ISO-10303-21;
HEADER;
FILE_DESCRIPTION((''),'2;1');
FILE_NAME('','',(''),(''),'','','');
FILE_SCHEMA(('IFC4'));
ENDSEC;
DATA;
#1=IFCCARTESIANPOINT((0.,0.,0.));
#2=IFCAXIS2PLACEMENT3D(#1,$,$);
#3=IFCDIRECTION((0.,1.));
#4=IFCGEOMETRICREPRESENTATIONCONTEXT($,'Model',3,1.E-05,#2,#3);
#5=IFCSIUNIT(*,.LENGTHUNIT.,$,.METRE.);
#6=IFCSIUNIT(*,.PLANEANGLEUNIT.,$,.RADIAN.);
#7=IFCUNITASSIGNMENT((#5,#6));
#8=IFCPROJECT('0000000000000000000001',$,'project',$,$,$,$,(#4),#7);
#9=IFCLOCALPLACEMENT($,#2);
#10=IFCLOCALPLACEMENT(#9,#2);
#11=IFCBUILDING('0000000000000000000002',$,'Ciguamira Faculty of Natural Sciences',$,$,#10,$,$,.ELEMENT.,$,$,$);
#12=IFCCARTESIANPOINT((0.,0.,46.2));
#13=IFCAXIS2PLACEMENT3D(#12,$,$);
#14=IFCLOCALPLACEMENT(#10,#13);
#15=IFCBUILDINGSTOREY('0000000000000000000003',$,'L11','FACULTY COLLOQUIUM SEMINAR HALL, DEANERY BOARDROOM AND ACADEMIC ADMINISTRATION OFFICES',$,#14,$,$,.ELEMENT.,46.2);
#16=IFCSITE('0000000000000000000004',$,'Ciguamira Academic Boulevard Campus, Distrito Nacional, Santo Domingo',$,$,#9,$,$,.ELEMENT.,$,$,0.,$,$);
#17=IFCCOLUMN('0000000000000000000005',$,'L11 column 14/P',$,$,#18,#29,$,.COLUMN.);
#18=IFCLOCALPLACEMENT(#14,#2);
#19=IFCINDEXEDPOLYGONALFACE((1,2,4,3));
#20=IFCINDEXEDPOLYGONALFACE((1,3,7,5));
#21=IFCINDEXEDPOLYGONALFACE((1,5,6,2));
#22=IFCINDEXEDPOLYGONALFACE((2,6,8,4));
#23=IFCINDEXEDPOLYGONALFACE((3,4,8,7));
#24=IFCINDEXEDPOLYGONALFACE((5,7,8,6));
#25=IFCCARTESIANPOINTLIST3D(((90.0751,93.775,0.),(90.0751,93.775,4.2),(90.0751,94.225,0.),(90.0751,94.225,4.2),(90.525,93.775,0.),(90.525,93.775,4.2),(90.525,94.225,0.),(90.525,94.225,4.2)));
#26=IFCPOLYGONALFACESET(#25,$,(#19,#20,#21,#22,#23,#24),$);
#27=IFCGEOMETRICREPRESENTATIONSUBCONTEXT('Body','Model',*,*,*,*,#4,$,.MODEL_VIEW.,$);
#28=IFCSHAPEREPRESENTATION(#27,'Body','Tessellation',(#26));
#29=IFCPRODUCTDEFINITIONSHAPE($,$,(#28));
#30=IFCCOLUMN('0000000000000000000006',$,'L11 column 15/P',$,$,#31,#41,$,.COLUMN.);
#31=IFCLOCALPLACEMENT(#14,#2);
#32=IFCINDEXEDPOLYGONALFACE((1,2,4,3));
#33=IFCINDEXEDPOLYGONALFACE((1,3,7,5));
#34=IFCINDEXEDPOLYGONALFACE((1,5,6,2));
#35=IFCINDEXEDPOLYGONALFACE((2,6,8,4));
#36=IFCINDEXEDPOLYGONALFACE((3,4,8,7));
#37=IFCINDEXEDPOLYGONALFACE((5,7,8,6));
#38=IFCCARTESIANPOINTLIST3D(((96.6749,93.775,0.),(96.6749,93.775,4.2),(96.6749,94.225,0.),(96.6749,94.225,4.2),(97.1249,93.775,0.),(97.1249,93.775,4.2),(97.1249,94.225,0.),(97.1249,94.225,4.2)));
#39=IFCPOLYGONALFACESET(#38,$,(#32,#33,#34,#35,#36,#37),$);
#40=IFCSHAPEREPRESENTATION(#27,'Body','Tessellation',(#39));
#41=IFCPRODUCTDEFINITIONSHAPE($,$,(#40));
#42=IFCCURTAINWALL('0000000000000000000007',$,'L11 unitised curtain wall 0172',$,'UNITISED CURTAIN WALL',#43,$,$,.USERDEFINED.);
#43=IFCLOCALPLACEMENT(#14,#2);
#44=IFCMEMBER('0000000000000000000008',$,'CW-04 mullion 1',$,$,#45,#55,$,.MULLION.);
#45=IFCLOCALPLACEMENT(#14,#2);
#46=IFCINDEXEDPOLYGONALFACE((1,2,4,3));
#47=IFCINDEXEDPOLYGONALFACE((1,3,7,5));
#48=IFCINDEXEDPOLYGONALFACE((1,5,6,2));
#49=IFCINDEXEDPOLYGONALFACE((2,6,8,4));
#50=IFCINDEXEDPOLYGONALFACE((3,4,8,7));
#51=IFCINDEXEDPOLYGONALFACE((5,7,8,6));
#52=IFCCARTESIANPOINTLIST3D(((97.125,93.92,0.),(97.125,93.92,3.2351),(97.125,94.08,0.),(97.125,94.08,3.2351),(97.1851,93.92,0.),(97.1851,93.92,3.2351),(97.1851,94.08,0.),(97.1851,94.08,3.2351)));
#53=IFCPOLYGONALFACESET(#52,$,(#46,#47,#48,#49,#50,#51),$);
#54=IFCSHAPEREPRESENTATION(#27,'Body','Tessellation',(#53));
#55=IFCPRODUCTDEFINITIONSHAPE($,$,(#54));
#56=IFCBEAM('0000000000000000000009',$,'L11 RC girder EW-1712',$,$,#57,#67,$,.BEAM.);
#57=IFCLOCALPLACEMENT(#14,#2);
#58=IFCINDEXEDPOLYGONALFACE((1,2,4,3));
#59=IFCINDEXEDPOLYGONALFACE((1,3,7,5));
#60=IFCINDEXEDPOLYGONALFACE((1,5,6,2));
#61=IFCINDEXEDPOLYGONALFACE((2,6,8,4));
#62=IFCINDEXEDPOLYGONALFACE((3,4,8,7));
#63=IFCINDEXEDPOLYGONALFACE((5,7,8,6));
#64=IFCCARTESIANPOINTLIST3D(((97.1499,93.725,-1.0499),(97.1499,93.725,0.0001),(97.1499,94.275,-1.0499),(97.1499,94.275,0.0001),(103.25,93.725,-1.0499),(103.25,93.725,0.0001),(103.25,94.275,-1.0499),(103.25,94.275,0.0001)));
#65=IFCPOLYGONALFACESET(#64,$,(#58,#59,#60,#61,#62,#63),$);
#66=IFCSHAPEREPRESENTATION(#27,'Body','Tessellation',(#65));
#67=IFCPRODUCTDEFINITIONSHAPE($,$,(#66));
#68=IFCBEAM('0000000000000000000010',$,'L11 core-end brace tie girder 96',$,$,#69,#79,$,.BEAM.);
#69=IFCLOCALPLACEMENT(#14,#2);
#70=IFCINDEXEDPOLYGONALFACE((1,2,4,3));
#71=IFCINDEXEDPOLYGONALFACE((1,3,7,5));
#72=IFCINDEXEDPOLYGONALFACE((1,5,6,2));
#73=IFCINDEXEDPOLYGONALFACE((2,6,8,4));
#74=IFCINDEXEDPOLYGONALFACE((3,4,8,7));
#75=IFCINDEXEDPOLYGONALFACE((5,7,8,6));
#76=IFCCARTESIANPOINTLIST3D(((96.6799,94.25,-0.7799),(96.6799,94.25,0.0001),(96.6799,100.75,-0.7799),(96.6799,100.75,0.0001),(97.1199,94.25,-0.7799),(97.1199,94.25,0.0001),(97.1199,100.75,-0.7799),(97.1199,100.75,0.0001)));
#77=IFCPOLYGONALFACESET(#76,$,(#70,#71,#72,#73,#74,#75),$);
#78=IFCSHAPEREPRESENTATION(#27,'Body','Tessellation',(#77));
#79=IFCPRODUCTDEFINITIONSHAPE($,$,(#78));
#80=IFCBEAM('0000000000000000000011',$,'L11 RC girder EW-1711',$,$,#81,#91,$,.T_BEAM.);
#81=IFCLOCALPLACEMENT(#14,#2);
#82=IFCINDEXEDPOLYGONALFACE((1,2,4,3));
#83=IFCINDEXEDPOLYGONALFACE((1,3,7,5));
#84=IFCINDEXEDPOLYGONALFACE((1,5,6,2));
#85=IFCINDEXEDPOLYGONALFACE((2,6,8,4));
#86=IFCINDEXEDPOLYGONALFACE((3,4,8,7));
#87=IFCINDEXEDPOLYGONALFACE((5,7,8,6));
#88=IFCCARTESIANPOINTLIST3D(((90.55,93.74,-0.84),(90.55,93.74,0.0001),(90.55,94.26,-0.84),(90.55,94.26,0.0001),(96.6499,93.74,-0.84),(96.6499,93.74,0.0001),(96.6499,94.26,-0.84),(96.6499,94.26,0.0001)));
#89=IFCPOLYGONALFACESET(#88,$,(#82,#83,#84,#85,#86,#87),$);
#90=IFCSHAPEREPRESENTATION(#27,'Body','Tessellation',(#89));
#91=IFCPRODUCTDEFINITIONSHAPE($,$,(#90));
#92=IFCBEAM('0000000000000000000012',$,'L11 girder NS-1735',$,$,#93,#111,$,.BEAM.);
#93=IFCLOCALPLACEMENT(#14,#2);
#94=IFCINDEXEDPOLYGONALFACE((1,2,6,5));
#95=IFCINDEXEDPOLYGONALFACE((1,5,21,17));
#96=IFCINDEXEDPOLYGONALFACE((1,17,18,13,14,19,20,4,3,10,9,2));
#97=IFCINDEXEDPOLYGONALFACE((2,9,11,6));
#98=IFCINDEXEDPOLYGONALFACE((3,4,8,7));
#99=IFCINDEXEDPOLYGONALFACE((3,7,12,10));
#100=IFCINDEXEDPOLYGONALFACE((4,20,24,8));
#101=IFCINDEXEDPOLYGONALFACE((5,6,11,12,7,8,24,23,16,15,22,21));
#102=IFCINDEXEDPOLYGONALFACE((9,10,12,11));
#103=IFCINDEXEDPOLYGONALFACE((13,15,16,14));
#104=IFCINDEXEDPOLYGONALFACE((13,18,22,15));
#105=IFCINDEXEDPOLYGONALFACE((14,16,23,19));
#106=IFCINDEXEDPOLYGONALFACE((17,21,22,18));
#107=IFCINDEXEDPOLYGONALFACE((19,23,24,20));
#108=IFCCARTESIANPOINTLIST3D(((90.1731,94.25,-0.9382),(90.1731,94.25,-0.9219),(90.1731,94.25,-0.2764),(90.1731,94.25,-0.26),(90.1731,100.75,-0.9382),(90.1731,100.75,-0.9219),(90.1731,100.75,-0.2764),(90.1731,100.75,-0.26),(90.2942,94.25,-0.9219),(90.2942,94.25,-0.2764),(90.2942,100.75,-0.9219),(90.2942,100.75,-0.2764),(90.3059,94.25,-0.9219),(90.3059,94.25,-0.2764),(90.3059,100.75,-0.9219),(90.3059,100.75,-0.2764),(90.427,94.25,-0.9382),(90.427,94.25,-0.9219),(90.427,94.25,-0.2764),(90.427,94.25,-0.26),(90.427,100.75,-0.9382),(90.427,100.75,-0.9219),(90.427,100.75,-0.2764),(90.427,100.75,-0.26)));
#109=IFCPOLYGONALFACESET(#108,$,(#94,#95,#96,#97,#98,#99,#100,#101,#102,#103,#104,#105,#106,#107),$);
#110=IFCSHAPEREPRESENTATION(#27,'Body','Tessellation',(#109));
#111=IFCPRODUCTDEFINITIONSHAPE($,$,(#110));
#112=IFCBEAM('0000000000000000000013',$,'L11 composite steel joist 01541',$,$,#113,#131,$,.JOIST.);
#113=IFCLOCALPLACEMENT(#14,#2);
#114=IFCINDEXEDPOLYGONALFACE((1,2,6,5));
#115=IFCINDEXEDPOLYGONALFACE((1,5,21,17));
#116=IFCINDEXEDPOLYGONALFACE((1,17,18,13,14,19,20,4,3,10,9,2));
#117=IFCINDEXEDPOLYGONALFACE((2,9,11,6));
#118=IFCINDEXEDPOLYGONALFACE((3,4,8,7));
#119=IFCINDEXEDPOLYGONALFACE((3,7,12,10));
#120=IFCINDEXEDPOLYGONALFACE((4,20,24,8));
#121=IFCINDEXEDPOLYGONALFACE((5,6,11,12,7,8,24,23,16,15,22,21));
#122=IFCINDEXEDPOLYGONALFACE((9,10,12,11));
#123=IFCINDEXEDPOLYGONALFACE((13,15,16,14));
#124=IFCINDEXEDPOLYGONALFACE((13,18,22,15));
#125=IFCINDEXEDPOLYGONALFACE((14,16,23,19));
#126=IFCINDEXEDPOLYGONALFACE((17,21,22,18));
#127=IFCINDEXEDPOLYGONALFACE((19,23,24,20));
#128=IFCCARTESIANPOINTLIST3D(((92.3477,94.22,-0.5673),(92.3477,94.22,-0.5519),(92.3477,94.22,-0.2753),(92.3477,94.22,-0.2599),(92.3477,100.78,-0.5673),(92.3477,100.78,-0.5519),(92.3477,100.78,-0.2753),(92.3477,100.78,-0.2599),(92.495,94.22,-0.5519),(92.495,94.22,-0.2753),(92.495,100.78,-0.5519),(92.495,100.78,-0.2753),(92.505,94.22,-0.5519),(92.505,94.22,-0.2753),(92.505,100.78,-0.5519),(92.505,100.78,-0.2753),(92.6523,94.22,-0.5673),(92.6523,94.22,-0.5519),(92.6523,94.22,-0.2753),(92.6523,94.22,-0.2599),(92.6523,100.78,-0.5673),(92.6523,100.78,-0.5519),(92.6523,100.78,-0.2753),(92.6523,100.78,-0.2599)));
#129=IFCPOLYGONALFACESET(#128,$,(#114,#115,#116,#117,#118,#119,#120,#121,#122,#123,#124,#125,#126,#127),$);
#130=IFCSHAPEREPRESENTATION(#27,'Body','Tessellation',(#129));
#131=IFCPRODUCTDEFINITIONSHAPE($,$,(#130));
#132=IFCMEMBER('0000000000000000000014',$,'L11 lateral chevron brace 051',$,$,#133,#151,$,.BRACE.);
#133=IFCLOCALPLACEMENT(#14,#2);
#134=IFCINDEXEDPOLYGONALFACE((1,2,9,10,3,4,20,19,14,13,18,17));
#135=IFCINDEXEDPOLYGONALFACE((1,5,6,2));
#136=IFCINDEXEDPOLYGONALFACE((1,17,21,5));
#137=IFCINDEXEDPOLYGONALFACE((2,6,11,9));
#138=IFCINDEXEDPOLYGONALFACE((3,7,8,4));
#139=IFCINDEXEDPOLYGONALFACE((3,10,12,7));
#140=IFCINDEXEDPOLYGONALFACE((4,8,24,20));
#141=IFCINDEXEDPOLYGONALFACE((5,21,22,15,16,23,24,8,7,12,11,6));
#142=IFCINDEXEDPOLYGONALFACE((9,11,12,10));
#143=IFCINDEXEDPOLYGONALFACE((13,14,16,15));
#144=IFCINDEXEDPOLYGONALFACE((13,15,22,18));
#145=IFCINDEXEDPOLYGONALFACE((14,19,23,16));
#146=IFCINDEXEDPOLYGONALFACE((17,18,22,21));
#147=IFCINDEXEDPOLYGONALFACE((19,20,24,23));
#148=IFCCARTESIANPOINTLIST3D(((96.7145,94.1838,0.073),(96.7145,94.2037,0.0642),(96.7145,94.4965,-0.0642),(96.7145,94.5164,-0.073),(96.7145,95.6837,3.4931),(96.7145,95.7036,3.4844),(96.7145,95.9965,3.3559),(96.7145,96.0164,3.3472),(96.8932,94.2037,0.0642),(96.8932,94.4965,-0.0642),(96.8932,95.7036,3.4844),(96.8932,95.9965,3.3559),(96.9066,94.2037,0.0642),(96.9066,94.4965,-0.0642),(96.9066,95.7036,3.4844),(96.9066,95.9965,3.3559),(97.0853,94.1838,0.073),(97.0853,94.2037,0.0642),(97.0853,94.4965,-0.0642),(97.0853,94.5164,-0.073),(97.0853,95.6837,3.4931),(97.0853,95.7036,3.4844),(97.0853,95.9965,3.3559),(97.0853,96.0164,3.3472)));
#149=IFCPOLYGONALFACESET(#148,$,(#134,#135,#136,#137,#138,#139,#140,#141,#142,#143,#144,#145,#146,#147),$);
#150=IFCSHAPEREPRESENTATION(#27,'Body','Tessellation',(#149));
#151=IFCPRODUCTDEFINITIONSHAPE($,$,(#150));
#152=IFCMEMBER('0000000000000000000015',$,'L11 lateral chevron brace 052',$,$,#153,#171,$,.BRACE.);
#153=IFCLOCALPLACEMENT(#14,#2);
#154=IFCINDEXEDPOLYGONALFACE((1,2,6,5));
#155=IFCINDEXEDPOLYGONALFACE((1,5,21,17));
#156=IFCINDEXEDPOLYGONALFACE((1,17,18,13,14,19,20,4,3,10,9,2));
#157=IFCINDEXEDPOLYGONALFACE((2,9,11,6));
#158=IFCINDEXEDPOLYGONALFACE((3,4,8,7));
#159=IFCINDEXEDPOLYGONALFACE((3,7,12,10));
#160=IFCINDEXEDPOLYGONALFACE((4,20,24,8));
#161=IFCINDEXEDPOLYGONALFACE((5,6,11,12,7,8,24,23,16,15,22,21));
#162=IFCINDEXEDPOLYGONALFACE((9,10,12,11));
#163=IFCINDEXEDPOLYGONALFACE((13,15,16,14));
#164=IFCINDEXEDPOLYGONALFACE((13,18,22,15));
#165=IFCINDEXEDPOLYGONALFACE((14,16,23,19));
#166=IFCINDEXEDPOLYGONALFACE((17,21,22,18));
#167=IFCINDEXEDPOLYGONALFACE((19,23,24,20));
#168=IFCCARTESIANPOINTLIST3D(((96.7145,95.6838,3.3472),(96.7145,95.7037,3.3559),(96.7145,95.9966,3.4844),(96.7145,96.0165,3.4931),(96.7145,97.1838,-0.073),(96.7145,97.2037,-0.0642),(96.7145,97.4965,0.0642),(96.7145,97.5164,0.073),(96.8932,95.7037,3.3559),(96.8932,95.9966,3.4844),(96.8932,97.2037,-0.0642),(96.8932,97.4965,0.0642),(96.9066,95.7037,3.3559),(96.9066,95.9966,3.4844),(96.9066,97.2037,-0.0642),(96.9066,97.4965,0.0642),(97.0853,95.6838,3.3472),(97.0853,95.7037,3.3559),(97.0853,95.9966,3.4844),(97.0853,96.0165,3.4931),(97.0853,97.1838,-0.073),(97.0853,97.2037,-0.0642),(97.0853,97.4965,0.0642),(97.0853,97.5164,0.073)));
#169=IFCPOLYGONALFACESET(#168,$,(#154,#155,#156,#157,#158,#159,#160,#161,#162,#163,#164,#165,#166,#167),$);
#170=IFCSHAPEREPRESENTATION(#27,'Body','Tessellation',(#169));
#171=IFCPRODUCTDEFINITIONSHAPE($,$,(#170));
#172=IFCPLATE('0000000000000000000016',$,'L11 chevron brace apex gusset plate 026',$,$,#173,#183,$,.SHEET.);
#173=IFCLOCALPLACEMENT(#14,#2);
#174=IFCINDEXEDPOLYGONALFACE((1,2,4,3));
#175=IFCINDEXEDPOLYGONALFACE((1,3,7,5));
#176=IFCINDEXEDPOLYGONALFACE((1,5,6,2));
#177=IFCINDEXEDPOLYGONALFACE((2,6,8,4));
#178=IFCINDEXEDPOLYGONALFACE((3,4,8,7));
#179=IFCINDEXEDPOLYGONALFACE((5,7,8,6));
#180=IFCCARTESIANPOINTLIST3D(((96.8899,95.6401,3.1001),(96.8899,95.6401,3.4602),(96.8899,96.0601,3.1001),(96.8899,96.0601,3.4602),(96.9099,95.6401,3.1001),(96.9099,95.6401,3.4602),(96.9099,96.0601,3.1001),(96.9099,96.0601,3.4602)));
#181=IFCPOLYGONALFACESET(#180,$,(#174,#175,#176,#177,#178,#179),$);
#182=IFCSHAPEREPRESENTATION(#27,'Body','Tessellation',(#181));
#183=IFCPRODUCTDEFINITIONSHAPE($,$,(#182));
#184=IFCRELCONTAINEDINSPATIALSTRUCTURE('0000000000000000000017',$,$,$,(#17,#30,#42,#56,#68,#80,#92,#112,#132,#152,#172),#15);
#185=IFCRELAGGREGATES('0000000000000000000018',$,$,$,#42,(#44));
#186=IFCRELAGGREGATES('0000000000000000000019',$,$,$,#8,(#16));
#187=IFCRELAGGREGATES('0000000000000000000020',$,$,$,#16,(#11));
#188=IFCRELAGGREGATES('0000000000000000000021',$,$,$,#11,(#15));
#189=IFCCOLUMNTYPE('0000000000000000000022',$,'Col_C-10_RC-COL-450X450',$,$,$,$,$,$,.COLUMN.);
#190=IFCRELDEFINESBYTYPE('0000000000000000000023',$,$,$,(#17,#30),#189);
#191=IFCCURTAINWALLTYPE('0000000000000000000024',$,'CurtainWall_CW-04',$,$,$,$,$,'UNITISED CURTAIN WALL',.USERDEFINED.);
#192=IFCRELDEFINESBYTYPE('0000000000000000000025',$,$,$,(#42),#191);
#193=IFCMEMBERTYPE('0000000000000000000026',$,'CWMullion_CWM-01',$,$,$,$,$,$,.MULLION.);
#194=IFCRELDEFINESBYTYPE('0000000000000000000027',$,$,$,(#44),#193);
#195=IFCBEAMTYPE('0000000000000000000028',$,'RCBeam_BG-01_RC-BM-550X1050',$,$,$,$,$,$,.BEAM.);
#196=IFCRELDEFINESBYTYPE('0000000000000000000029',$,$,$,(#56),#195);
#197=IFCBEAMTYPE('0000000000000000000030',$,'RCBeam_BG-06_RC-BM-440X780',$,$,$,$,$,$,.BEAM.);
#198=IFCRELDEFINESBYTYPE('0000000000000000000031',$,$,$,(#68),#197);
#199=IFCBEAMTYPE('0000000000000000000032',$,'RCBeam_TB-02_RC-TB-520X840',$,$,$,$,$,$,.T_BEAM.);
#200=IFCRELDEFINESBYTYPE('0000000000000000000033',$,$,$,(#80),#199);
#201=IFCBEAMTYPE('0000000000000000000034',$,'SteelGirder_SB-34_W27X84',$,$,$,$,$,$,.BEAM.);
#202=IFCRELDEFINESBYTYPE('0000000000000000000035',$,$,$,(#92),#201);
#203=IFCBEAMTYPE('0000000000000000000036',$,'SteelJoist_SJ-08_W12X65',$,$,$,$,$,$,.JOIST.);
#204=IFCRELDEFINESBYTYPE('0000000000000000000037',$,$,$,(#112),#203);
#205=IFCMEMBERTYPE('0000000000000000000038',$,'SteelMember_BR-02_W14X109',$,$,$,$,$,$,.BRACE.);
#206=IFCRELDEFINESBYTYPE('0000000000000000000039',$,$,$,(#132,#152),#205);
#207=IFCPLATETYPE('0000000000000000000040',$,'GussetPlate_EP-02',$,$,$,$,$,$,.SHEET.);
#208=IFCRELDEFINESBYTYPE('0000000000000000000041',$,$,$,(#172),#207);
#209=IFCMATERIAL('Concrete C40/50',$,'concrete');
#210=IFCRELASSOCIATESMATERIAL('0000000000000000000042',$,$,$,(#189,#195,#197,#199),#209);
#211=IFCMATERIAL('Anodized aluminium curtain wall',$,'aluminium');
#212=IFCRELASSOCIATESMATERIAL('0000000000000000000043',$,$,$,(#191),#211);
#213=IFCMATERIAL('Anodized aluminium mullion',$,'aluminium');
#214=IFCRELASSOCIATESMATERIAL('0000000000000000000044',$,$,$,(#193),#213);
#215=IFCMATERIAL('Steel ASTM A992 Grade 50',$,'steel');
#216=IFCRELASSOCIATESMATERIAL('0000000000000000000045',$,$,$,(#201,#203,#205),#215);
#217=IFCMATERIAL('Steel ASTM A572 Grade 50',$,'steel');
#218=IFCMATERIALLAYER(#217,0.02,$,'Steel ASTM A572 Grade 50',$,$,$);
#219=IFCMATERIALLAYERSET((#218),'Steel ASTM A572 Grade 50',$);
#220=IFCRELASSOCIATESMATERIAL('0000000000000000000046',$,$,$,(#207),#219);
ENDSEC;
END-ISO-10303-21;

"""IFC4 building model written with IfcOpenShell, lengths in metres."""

from ifc_helpers import new_model, si_unit, direction, frame, origin, origin_2d, place, context, subcontext, project, spatial, rectangle, i_section, extrude, material, layer, layer_set, material_profile, profile_set, type_object, element, aggregate, save


model = new_model("IFC4")

# Units and contexts
model_context = context("Model", 3, precision=1e-05, world=origin(), true_north=direction((0.0, 1.0)))
body_context = subcontext(model_context, "Body", "Model", "MODEL_VIEW")
ifc_project = project(units=[si_unit("LENGTHUNIT", "METRE"), si_unit("PLANEANGLEUNIT", "RADIAN")], contexts=[model_context])

# Site, building, storey
site_placement = place(None, origin())
site = spatial("IfcSite", under=ifc_project, at=site_placement, Name="Ciguamira Academic Boulevard Campus, Distrito Nacional, Santo Domingo", CompositionType="ELEMENT", RefElevation=0.0)
building_placement = place(site_placement, origin())
building = spatial("IfcBuilding", under=site, at=building_placement, Name="Ciguamira Faculty of Natural Sciences", CompositionType="ELEMENT")
storey_placement = place(building_placement, frame((0.0, 0.0, 46.2)))
storey = spatial("IfcBuildingStorey", under=building, at=storey_placement, Name="L11", Description="FACULTY COLLOQUIUM SEMINAR HALL, DEANERY BOARDROOM AND ACADEMIC ADMINISTRATION OFFICES", CompositionType="ELEMENT", Elevation=46.2)

# Columns
ifc_material_1 = material(Name="Concrete C40/50", Category="concrete")
ifc_material_profile_1 = material_profile(ifc_material_1, rectangle(XDim=0.45, YDim=0.45, at=origin_2d()), Name="RC-COL-450X450")
ifc_profile_set_1 = profile_set([ifc_material_profile_1], Name="Concrete C40/50")
column_type = type_object("IfcColumnType", Name="Col_C-10_RC-COL-450X450", PredefinedType="COLUMN", material=ifc_profile_set_1)
for number, where, z_axis, x_axis, name in (
    (1, (90.3, 94.0, 0.0), (0.0, 0.0, 1.0), (1.0, 0.0, 0.0), "L11 column 14/P"),
    (2, (96.8999, 94.0, 0.0), (0.0, 0.0, 1.0), (1.0, 0.0, 0.0), "L11 column 15/P"),
):
    element("IfcColumn", number, at=place(storey_placement, frame(where, z_axis=z_axis, x_axis=x_axis)), inside=storey, type_object=column_type, Name=name, PredefinedType="COLUMN", context=body_context, shape_type="SweptSolid", body=[
        extrude(rectangle(XDim=0.45, YDim=0.45, at=origin_2d()), origin(), (0.0, 0.0, 1.0), 4.2),
    ])

# Curtain wall, member
ifc_material_2 = material(Name="Anodized aluminium curtain wall", Category="aluminium")
curtain_wall_type = type_object("IfcCurtainWallType", Name="CurtainWall_CW-04", ElementType="UNITISED CURTAIN WALL", PredefinedType="USERDEFINED", material=ifc_material_2)
curtain_wall_placement = place(storey_placement, origin())
curtain_wall = element("IfcCurtainWall", 3, at=curtain_wall_placement, inside=storey, type_object=curtain_wall_type, Name="L11 unitised curtain wall 0172", ObjectType="UNITISED CURTAIN WALL", PredefinedType="USERDEFINED")
ifc_material_3 = material(Name="Anodized aluminium mullion", Category="aluminium")
ifc_material_profile_2 = material_profile(ifc_material_3, rectangle(XDim=0.0601, YDim=0.1599, at=origin_2d()), Name="ALU-MUL-60X160")
ifc_profile_set_2 = profile_set([ifc_material_profile_2], Name="Anodized aluminium mullion")
member_type_1 = type_object("IfcMemberType", Name="CWMullion_CWM-01", PredefinedType="MULLION", material=ifc_profile_set_2)
member_placement = place(storey_placement, frame((97.155, 94.0, 0.0), z_axis=(0.0, 0.0, 1.0), x_axis=(1.0, 0.0, 0.0)))
member = element("IfcMember", 4, at=member_placement, type_object=member_type_1, Name="CW-04 mullion 1", PredefinedType="MULLION", context=body_context, shape_type="SweptSolid", body=[
    extrude(rectangle(XDim=0.0601, YDim=0.1599, at=origin_2d()), origin(), (0.0, 0.0, 1.0), 3.2351),
])
aggregate(curtain_wall, [member])

# Beams
ifc_material_profile_3 = material_profile(ifc_material_1, rectangle(XDim=0.55, YDim=1.05, at=origin_2d()), Name="RC-BM-550X1050")
ifc_profile_set_3 = profile_set([ifc_material_profile_3], Name="Concrete C40/50")
beam_type_1 = type_object("IfcBeamType", Name="RCBeam_BG-01_RC-BM-550X1050", PredefinedType="BEAM", material=ifc_profile_set_3)
beam_1_placement = place(storey_placement, frame((97.1499, 94.0, -0.5249), z_axis=(1.0, 0.0, 0.0), x_axis=(0.0, 1.0, 0.0)))
element("IfcBeam", 5, at=beam_1_placement, inside=storey, type_object=beam_type_1, Name="L11 RC girder EW-1712", PredefinedType="BEAM", context=body_context, shape_type="SweptSolid", body=[
    extrude(rectangle(XDim=0.55, YDim=1.05, at=origin_2d()), origin(), (0.0, 0.0, 1.0), 6.1001),
])
ifc_material_profile_4 = material_profile(ifc_material_1, rectangle(XDim=0.4399, YDim=0.78, at=origin_2d()), Name="RC-BM-440X780")
ifc_profile_set_4 = profile_set([ifc_material_profile_4], Name="Concrete C40/50")
beam_type_2 = type_object("IfcBeamType", Name="RCBeam_BG-06_RC-BM-440X780", PredefinedType="BEAM", material=ifc_profile_set_4)
beam_2_placement = place(storey_placement, frame((96.8999, 94.25, -0.3899), z_axis=(0.0, 1.0, 0.0), x_axis=(-1.0, 0.0, 0.0)))
element("IfcBeam", 6, at=beam_2_placement, inside=storey, type_object=beam_type_2, Name="L11 core-end brace tie girder 96", PredefinedType="BEAM", context=body_context, shape_type="SweptSolid", body=[
    extrude(rectangle(XDim=0.4399, YDim=0.78, at=origin_2d()), origin(), (0.0, 0.0, 1.0), 6.5),
])
ifc_material_profile_5 = material_profile(ifc_material_1, rectangle(XDim=0.52, YDim=0.8401, at=origin_2d()), Name="RC-TB-520X840")
ifc_profile_set_5 = profile_set([ifc_material_profile_5], Name="Concrete C40/50")
beam_type_3 = type_object("IfcBeamType", Name="RCBeam_TB-02_RC-TB-520X840", PredefinedType="T_BEAM", material=ifc_profile_set_5)
beam_3_placement = place(storey_placement, frame((90.55, 94.0, -0.4199), z_axis=(1.0, 0.0, 0.0), x_axis=(0.0, 1.0, 0.0)))
element("IfcBeam", 7, at=beam_3_placement, inside=storey, type_object=beam_type_3, Name="L11 RC girder EW-1711", PredefinedType="T_BEAM", context=body_context, shape_type="SweptSolid", body=[
    extrude(rectangle(XDim=0.52, YDim=0.8401, at=origin_2d()), origin(), (0.0, 0.0, 1.0), 6.0999),
])
ifc_material_4 = material(Name="Steel ASTM A992 Grade 50", Category="steel")
ifc_material_profile_6 = material_profile(ifc_material_4, i_section(OverallWidth=0.2539, OverallDepth=0.6782, WebThickness=0.0117, FlangeThickness=0.0164, at=origin_2d()), Name="W27X84")
ifc_profile_set_6 = profile_set([ifc_material_profile_6], Name="Steel ASTM A992 Grade 50")
beam_type_4 = type_object("IfcBeamType", Name="SteelGirder_SB-34_W27X84", PredefinedType="BEAM", material=ifc_profile_set_6)
beam_4_placement = place(storey_placement, frame((90.3, 94.25, -0.5991), z_axis=(0.0, 1.0, 0.0), x_axis=(-1.0, 0.0, 0.0)))
element("IfcBeam", 8, at=beam_4_placement, inside=storey, type_object=beam_type_4, Name="L11 girder NS-1735", PredefinedType="BEAM", context=body_context, shape_type="SweptSolid", body=[
    extrude(i_section(OverallWidth=0.2539, OverallDepth=0.6782, WebThickness=0.0117, FlangeThickness=0.0164, at=origin_2d()), origin(), (0.0, 0.0, 1.0), 6.5),
])
ifc_material_profile_7 = material_profile(ifc_material_4, i_section(OverallWidth=0.3047, OverallDepth=0.3074, WebThickness=0.01, FlangeThickness=0.0154, at=origin_2d()), Name="W12X65")
ifc_profile_set_7 = profile_set([ifc_material_profile_7], Name="Steel ASTM A992 Grade 50")
beam_type_5 = type_object("IfcBeamType", Name="SteelJoist_SJ-08_W12X65", PredefinedType="JOIST", material=ifc_profile_set_7)
beam_5_placement = place(storey_placement, frame((92.5, 94.22, -0.4136), z_axis=(0.0, 1.0, 0.0), x_axis=(-1.0, 0.0, 0.0)))
element("IfcBeam", 9, at=beam_5_placement, inside=storey, type_object=beam_type_5, Name="L11 composite steel joist 01541", PredefinedType="JOIST", context=body_context, shape_type="SweptSolid", body=[
    extrude(i_section(OverallWidth=0.3047, OverallDepth=0.3074, WebThickness=0.01, FlangeThickness=0.0154, at=origin_2d()), origin(), (0.0, 0.0, 1.0), 6.5601),
])

# Members
ifc_material_profile_8 = material_profile(ifc_material_4, i_section(OverallWidth=0.3708, OverallDepth=0.3633, WebThickness=0.0134, FlangeThickness=0.0217, at=origin_2d()), Name="W14X109")
ifc_profile_set_8 = profile_set([ifc_material_profile_8], Name="Steel ASTM A992 Grade 50")
member_type_2 = type_object("IfcMemberType", Name="SteelMember_BR-02_W14X109", PredefinedType="BRACE", material=ifc_profile_set_8)
for number, where, z_axis, x_axis, name in (
    (10, (96.8999, 94.3501, 0.0), (0.0, 0.401645, 0.915795), (-1.0, 0.0, 0.0), "L11 lateral chevron brace 051"),
    (11, (96.8999, 97.3501, 0.0), (0.0, -0.401645, 0.915795), (1.0, 0.0, 0.0), "L11 lateral chevron brace 052"),
):
    element("IfcMember", number, at=place(storey_placement, frame(where, z_axis=z_axis, x_axis=x_axis)), inside=storey, type_object=member_type_2, Name=name, PredefinedType="BRACE", context=body_context, shape_type="SweptSolid", body=[
        extrude(i_section(OverallWidth=0.3708, OverallDepth=0.3633, WebThickness=0.0134, FlangeThickness=0.0217, at=origin_2d()), origin(), (0.0, 0.0, 1.0), 3.7346),
    ])

# Plate
ifc_material_5 = material(Name="Steel ASTM A572 Grade 50", Category="steel")
ifc_layer_1 = layer(ifc_material_5, 0.02, Name="Steel ASTM A572 Grade 50")
ifc_layer_set_1 = layer_set([ifc_layer_1], Name="Steel ASTM A572 Grade 50")
plate_type = type_object("IfcPlateType", Name="GussetPlate_EP-02", PredefinedType="SHEET", material=ifc_layer_set_1)
plate_placement = place(storey_placement, frame((96.8999, 95.8501, 3.1001), z_axis=(0.0, 0.0, 1.0), x_axis=(1.0, 0.0, 0.0)))
element("IfcPlate", 12, at=plate_placement, inside=storey, type_object=plate_type, Name="L11 chevron brace apex gusset plate 026", PredefinedType="SHEET", context=body_context, shape_type="SweptSolid", body=[
    extrude(rectangle(XDim=0.02, YDim=0.4199, at=origin_2d()), origin(), (0.0, 0.0, 1.0), 0.3601),
])

save(model, "model.ifc")
